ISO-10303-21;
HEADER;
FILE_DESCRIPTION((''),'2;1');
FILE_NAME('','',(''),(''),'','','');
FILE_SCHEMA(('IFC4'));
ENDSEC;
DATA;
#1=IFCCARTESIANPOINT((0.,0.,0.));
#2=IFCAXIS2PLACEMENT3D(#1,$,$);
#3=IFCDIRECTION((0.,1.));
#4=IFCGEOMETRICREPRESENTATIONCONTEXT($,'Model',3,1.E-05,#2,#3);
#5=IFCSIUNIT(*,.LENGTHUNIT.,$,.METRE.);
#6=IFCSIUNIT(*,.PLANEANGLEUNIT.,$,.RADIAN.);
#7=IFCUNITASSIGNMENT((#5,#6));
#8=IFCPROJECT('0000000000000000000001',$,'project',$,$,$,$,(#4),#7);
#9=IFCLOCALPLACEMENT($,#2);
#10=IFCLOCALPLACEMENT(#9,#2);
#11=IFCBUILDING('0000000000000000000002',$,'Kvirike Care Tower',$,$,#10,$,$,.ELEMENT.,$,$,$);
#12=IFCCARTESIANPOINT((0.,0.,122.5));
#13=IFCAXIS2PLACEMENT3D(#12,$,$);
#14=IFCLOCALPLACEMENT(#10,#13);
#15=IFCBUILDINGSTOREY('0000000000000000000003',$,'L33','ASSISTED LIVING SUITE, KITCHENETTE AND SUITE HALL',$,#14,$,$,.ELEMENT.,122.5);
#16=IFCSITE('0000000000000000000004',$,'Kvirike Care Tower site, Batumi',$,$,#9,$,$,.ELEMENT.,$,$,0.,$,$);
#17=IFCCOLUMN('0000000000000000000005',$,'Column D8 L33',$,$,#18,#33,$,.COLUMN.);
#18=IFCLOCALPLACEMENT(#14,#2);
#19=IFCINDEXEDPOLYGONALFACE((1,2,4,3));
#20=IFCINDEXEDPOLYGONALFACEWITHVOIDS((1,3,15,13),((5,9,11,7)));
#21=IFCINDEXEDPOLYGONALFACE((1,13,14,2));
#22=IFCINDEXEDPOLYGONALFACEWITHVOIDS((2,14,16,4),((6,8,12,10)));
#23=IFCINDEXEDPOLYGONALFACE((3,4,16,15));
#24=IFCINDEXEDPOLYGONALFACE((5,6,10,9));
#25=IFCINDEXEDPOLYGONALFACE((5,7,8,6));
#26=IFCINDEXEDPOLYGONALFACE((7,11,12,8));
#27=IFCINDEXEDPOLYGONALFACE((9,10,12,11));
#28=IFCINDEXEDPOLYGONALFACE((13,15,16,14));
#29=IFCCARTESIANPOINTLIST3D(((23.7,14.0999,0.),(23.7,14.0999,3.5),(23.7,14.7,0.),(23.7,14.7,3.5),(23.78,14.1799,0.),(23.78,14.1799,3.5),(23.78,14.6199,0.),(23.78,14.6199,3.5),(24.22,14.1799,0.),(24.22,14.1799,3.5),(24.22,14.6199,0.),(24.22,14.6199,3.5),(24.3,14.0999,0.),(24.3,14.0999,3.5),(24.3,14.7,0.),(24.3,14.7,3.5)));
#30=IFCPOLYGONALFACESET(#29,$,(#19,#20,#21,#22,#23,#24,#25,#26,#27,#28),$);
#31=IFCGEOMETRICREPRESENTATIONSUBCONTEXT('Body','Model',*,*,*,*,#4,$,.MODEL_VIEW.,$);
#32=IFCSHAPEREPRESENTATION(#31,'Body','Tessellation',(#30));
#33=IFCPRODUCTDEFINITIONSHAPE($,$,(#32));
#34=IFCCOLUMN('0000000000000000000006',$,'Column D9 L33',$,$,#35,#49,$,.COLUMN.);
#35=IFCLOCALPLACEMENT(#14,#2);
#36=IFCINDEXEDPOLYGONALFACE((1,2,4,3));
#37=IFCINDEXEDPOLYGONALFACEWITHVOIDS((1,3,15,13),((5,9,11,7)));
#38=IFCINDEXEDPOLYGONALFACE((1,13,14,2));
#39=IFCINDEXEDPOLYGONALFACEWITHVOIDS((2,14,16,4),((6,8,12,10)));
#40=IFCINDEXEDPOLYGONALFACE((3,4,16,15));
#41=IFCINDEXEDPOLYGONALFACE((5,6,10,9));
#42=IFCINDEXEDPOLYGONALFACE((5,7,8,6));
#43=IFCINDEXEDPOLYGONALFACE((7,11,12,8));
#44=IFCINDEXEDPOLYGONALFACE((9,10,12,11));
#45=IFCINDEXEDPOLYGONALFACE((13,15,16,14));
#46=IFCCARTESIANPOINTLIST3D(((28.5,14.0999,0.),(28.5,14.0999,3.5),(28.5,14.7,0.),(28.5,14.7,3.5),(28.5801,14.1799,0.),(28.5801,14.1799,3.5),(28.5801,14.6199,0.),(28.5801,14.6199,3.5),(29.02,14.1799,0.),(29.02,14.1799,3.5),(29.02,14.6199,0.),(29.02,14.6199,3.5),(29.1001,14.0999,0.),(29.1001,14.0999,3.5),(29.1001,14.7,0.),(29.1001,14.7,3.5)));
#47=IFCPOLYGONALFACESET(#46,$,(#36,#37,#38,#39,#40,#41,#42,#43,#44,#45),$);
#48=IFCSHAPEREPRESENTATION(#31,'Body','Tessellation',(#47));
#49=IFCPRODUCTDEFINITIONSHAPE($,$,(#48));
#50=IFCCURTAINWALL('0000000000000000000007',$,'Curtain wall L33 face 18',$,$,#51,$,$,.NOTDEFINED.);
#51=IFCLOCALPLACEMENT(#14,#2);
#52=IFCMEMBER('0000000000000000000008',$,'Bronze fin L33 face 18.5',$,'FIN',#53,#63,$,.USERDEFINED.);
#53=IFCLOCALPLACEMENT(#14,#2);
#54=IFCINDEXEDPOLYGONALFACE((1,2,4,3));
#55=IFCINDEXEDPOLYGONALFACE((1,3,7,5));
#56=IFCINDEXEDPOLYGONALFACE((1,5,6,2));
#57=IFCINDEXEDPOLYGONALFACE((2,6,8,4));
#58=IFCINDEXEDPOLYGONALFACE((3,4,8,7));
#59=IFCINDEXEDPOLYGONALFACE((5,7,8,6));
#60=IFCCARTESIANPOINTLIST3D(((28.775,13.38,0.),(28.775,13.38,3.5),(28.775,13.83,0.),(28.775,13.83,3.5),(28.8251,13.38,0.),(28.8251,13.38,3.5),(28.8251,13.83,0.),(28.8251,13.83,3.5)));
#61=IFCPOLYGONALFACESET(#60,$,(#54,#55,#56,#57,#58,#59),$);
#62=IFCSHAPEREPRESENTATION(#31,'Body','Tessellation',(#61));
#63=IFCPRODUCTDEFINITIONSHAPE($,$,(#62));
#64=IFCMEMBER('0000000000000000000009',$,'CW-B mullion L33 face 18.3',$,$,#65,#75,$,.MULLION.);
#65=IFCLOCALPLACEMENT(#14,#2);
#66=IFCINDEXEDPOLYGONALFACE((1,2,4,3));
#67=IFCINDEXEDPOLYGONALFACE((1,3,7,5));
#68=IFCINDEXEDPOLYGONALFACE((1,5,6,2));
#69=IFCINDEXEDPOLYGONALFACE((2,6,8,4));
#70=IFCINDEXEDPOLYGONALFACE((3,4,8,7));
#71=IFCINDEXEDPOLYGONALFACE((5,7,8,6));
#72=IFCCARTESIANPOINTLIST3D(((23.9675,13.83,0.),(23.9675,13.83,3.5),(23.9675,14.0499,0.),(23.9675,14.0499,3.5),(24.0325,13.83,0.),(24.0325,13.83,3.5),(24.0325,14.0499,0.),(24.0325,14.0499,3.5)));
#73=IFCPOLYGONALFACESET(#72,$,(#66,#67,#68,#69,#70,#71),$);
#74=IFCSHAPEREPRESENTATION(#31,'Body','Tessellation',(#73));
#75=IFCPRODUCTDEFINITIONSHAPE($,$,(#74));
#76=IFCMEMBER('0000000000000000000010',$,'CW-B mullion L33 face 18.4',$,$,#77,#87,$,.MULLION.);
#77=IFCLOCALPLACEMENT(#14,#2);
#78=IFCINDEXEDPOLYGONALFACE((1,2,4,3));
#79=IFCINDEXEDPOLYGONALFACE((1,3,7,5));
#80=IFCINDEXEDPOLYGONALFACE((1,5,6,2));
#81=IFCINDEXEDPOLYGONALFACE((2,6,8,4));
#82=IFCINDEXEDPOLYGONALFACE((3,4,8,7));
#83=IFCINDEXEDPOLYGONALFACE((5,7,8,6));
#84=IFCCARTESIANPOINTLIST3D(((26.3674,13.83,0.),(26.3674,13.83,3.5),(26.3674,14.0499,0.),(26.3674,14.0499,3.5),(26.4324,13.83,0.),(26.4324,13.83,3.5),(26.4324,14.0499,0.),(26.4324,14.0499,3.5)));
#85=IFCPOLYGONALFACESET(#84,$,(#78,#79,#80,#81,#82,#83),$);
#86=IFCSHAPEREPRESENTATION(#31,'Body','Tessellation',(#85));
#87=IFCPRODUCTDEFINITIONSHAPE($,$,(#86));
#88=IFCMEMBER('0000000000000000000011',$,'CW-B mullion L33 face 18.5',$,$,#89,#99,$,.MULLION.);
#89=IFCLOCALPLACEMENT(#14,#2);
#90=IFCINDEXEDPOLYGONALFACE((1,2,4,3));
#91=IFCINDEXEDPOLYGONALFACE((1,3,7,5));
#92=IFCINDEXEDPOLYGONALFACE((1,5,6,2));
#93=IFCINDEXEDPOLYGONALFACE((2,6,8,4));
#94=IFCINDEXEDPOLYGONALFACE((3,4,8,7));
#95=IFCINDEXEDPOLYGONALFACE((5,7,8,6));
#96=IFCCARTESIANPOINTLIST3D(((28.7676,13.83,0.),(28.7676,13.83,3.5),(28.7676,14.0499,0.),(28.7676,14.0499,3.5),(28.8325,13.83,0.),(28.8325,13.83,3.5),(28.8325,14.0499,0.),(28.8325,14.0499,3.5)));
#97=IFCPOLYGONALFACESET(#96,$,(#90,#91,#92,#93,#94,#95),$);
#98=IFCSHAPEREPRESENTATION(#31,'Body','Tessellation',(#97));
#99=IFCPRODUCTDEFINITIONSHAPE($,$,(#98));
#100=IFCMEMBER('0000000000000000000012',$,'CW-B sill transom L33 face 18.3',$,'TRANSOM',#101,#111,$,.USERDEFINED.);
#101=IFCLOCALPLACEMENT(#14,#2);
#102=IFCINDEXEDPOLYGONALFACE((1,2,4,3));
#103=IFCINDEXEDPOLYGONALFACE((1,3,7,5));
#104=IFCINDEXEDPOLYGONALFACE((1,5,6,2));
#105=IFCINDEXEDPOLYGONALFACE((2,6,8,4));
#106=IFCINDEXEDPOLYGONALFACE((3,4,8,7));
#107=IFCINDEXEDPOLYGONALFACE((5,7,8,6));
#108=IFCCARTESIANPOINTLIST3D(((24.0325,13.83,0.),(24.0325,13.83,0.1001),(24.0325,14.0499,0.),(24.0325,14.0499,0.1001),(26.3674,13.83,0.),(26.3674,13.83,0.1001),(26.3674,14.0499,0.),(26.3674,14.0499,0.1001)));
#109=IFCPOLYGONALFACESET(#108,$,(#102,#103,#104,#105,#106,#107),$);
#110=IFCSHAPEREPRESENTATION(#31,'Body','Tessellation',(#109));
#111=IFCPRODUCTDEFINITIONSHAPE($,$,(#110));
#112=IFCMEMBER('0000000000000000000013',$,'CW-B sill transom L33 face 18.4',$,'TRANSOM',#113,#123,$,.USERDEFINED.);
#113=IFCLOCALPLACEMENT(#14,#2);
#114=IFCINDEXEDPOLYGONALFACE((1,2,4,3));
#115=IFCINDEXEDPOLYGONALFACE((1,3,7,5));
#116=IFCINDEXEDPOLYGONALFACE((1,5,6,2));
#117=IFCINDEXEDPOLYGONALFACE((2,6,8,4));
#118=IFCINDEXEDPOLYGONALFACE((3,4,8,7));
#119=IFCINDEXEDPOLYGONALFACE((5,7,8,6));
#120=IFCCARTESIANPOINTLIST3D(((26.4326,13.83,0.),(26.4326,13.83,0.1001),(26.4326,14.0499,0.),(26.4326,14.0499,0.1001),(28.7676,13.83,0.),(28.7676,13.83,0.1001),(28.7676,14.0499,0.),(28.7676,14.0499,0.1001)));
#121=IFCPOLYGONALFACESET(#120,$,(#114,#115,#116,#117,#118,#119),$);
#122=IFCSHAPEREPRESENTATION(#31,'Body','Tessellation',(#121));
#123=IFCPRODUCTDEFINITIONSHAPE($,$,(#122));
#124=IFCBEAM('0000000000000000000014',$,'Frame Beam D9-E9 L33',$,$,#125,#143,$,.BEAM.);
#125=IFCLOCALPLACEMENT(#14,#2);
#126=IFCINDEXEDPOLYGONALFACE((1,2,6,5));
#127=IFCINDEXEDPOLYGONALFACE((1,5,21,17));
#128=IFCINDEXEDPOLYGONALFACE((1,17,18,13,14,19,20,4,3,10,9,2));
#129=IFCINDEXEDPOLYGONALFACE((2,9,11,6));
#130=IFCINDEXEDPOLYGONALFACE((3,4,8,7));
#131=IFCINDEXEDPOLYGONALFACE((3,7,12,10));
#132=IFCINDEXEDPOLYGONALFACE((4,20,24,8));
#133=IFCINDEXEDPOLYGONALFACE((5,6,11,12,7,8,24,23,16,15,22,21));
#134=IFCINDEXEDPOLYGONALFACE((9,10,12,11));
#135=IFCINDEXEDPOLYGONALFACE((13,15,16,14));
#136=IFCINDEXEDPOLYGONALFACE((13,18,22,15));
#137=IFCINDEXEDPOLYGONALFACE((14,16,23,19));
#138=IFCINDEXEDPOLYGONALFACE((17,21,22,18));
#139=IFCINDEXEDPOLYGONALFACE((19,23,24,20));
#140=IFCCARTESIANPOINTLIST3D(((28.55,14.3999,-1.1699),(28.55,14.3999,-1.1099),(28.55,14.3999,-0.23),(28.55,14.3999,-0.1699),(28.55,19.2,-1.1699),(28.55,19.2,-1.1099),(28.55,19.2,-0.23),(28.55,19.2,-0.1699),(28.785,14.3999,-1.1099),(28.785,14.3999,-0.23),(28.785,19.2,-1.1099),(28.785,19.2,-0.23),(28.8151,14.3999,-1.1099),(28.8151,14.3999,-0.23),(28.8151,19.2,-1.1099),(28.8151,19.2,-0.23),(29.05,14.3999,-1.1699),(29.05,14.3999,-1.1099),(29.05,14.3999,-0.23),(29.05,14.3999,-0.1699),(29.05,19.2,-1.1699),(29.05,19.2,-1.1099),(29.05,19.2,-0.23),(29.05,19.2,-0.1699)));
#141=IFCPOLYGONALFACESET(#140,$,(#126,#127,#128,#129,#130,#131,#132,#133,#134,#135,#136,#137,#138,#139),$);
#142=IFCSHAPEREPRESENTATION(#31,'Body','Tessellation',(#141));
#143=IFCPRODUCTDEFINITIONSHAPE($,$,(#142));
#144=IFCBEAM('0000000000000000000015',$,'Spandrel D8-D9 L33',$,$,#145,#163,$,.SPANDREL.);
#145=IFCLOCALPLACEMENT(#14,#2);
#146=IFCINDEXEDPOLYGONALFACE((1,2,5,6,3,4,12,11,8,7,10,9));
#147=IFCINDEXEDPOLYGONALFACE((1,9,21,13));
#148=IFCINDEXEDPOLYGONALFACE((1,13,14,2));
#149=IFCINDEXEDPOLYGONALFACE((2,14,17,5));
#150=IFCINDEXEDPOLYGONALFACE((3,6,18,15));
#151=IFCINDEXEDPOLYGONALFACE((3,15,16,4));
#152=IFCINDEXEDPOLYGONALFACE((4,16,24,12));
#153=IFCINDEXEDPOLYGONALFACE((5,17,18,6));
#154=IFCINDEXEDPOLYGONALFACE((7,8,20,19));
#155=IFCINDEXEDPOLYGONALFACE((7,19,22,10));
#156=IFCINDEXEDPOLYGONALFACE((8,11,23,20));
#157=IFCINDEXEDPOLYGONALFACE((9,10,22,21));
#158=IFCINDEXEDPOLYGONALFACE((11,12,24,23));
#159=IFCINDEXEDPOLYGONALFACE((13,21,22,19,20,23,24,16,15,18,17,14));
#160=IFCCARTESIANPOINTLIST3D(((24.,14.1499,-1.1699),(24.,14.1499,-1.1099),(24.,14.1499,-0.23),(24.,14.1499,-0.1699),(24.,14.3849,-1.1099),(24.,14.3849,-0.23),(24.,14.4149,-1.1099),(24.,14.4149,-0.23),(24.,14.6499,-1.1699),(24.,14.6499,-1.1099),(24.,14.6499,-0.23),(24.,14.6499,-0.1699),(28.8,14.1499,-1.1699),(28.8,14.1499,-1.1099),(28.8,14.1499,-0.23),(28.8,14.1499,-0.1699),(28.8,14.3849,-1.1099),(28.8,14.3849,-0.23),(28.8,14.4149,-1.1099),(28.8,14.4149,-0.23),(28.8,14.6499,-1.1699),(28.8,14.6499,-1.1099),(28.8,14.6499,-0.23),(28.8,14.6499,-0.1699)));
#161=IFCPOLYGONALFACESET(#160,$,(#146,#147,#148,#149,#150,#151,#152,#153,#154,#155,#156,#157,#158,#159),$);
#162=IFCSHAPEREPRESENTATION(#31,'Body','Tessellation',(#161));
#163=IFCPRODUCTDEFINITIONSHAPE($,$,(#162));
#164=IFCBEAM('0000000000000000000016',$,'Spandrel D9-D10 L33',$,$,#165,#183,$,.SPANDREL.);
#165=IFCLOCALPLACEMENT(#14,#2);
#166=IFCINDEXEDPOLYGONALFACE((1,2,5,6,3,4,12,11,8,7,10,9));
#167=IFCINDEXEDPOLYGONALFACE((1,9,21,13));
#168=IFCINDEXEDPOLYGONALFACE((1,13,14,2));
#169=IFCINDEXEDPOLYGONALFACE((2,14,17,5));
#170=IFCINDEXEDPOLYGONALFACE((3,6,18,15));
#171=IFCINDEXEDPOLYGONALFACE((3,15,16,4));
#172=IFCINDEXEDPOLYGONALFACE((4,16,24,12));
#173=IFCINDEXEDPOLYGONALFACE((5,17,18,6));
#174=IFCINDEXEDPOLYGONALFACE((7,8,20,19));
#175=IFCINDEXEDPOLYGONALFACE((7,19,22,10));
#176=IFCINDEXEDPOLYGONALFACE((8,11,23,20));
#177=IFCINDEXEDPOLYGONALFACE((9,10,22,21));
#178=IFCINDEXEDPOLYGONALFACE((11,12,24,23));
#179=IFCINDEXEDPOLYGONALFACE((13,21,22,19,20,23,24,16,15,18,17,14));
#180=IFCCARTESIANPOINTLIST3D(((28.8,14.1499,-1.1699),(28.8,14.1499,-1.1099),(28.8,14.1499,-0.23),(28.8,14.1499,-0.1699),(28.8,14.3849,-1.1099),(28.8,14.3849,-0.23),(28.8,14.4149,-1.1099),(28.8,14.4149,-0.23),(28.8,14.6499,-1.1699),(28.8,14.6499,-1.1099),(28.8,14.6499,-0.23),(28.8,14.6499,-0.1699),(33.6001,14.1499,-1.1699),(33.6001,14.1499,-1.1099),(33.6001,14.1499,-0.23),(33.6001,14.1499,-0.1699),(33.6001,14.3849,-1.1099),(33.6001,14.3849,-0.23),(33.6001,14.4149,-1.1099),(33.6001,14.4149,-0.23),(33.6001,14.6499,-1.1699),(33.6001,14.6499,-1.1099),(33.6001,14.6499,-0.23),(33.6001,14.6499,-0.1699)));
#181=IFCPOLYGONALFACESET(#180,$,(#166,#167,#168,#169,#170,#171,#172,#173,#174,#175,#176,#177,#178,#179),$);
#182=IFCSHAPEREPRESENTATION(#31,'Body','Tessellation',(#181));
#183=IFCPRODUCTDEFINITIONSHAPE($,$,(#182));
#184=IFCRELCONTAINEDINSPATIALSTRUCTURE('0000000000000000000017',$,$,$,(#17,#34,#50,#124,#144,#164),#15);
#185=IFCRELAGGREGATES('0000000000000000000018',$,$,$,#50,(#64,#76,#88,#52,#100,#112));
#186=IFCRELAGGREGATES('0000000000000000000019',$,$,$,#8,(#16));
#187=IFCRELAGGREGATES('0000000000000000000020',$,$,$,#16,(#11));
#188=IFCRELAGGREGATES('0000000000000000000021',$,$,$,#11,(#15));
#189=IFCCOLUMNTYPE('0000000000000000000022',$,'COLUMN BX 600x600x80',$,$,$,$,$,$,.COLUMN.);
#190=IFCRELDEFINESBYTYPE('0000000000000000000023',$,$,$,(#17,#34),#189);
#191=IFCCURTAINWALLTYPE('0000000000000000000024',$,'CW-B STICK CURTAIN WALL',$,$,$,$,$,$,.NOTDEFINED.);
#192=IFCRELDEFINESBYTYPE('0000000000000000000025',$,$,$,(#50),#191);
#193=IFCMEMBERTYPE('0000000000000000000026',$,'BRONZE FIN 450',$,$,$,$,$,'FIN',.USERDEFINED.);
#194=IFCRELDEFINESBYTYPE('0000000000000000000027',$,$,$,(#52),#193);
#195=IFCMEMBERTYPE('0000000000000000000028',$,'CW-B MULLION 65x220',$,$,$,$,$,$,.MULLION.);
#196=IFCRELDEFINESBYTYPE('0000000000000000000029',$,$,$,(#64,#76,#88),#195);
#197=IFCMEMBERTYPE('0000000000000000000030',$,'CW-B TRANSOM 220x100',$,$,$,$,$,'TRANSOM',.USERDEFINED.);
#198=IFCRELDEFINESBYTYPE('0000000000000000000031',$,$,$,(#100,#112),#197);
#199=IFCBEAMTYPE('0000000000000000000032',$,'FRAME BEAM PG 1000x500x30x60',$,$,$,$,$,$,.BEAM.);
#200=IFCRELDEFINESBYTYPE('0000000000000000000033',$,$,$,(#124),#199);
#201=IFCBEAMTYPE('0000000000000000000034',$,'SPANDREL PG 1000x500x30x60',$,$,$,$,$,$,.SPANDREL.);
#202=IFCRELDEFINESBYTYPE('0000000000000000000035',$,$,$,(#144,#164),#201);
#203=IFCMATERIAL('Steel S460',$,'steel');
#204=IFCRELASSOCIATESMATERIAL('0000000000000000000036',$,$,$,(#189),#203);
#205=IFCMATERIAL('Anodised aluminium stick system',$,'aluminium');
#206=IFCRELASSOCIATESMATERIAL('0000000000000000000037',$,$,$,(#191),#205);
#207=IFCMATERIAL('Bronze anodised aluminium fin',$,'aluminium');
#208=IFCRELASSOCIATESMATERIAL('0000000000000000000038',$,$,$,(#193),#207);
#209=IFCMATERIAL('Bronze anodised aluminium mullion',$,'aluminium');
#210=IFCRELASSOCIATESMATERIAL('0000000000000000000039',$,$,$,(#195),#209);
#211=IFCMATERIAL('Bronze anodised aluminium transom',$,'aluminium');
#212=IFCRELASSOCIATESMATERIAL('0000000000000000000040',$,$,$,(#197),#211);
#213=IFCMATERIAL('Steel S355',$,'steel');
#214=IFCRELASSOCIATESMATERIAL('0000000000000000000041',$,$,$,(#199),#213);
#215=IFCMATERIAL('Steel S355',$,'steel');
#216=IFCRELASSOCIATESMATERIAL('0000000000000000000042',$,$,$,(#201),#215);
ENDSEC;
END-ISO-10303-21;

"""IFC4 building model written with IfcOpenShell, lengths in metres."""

from ifc_helpers import new_model, si_unit, direction, frame, origin, origin_2d, place, context, subcontext, project, spatial, rectangle, hollow_rectangle, i_section, extrude, material, material_profile, profile_set, type_object, element, aggregate, save


model = new_model("IFC4")

# Units and contexts
model_context = context("Model", 3, precision=1e-05, world=origin(), true_north=direction((0.0, 1.0)))
body_context = subcontext(model_context, "Body", "Model", "MODEL_VIEW")
ifc_project = project(units=[si_unit("LENGTHUNIT", "METRE"), si_unit("PLANEANGLEUNIT", "RADIAN")], contexts=[model_context])

# Site, building, storey
site_placement = place(None, origin())
site = spatial("IfcSite", under=ifc_project, at=site_placement, Name="Kvirike Care Tower site, Batumi", CompositionType="ELEMENT", RefElevation=0.0)
building_placement = place(site_placement, origin())
building = spatial("IfcBuilding", under=site, at=building_placement, Name="Kvirike Care Tower", CompositionType="ELEMENT")
storey_placement = place(building_placement, frame((0.0, 0.0, 122.5)))
storey = spatial("IfcBuildingStorey", under=building, at=storey_placement, Name="L33", Description="ASSISTED LIVING SUITE, KITCHENETTE AND SUITE HALL", CompositionType="ELEMENT", Elevation=122.5)

# Columns
ifc_material_1 = material(Name="Steel S460", Category="steel")
ifc_material_profile_1 = material_profile(ifc_material_1, hollow_rectangle(XDim=0.6001, YDim=0.6001, WallThickness=0.0801, at=origin_2d()), Name="BX 600x600x80")
ifc_profile_set_1 = profile_set([ifc_material_profile_1], Name="Steel S460")
column_type = type_object("IfcColumnType", Name="COLUMN BX 600x600x80", PredefinedType="COLUMN", material=ifc_profile_set_1)
for number, where, z_axis, x_axis, name in (
    (1, (24.0, 14.3999, 0.0), (0.0, 0.0, 1.0), (0.0, 1.0, 0.0), "Column D8 L33"),
    (2, (28.8, 14.3999, 0.0), (0.0, 0.0, 1.0), (0.0, 1.0, 0.0), "Column D9 L33"),
):
    element("IfcColumn", number, at=place(storey_placement, frame(where, z_axis=z_axis, x_axis=x_axis)), inside=storey, type_object=column_type, Name=name, PredefinedType="COLUMN", context=body_context, shape_type="SweptSolid", body=[
        extrude(hollow_rectangle(XDim=0.6001, YDim=0.6001, WallThickness=0.0801, at=origin_2d()), origin(), (0.0, 0.0, 1.0), 3.5),
    ])

# Curtain wall, members
ifc_material_2 = material(Name="Anodised aluminium stick system", Category="aluminium")
curtain_wall_type = type_object("IfcCurtainWallType", Name="CW-B STICK CURTAIN WALL", PredefinedType="NOTDEFINED", material=ifc_material_2)
curtain_wall_placement = place(storey_placement, origin())
curtain_wall = element("IfcCurtainWall", 3, at=curtain_wall_placement, inside=storey, type_object=curtain_wall_type, Name="Curtain wall L33 face 18", PredefinedType="NOTDEFINED")
ifc_material_3 = material(Name="Bronze anodised aluminium fin", Category="aluminium")
ifc_material_profile_2 = material_profile(ifc_material_3, rectangle(XDim=0.05, YDim=0.45, at=origin_2d()), Name="BRONZE FIN 450")
ifc_profile_set_2 = profile_set([ifc_material_profile_2], Name="Bronze anodised aluminium fin")
member_type_1 = type_object("IfcMemberType", Name="BRONZE FIN 450", ElementType="FIN", PredefinedType="USERDEFINED", material=ifc_profile_set_2)
member_1_placement = place(storey_placement, frame((28.8, 13.605, 0.0), z_axis=(0.0, 0.0, 1.0), x_axis=(1.0, 0.0, 0.0)))
member_1 = element("IfcMember", 4, at=member_1_placement, type_object=member_type_1, Name="Bronze fin L33 face 18.5", ObjectType="FIN", PredefinedType="USERDEFINED", context=body_context, shape_type="SweptSolid", body=[
    extrude(rectangle(XDim=0.05, YDim=0.45, at=origin_2d()), origin(), (0.0, 0.0, 1.0), 3.5),
])
ifc_material_4 = material(Name="Bronze anodised aluminium mullion", Category="aluminium")
ifc_material_profile_3 = material_profile(ifc_material_4, rectangle(XDim=0.0649, YDim=0.22, at=origin_2d()), Name="CW-B MULLION 65x220")
ifc_profile_set_3 = profile_set([ifc_material_profile_3], Name="Bronze anodised aluminium mullion")
member_type_2 = type_object("IfcMemberType", Name="CW-B MULLION 65x220", PredefinedType="MULLION", material=ifc_profile_set_3)
member_2_placement = place(storey_placement, frame((24.0, 13.9399, 0.0), z_axis=(0.0, 0.0, 1.0), x_axis=(1.0, 0.0, 0.0)))
member_2 = element("IfcMember", 5, at=member_2_placement, type_object=member_type_2, Name="CW-B mullion L33 face 18.3", PredefinedType="MULLION", context=body_context, shape_type="SweptSolid", body=[
    extrude(rectangle(XDim=0.0649, YDim=0.22, at=origin_2d()), origin(), (0.0, 0.0, 1.0), 3.5),
])
member_3_placement = place(storey_placement, frame((26.3999, 13.9399, 0.0), z_axis=(0.0, 0.0, 1.0), x_axis=(1.0, 0.0, 0.0)))
member_3 = element("IfcMember", 6, at=member_3_placement, type_object=member_type_2, Name="CW-B mullion L33 face 18.4", PredefinedType="MULLION", context=body_context, shape_type="SweptSolid", body=[
    extrude(rectangle(XDim=0.0649, YDim=0.22, at=origin_2d()), origin(), (0.0, 0.0, 1.0), 3.5),
])
member_4_placement = place(storey_placement, frame((28.8, 13.9399, 0.0), z_axis=(0.0, 0.0, 1.0), x_axis=(1.0, 0.0, 0.0)))
member_4 = element("IfcMember", 7, at=member_4_placement, type_object=member_type_2, Name="CW-B mullion L33 face 18.5", PredefinedType="MULLION", context=body_context, shape_type="SweptSolid", body=[
    extrude(rectangle(XDim=0.0649, YDim=0.22, at=origin_2d()), origin(), (0.0, 0.0, 1.0), 3.5),
])
ifc_material_5 = material(Name="Bronze anodised aluminium transom", Category="aluminium")
ifc_material_profile_4 = material_profile(ifc_material_5, rectangle(XDim=0.22, YDim=0.1001, at=origin_2d()), Name="CW-B TRANSOM 220x100")
ifc_profile_set_4 = profile_set([ifc_material_profile_4], Name="Bronze anodised aluminium transom")
member_type_3 = type_object("IfcMemberType", Name="CW-B TRANSOM 220x100", ElementType="TRANSOM", PredefinedType="USERDEFINED", material=ifc_profile_set_4)
member_5_placement = place(storey_placement, frame((24.0325, 13.9399, 0.05), z_axis=(1.0, 0.0, 0.0), x_axis=(0.0, 1.0, 0.0)))
member_5 = element("IfcMember", 8, at=member_5_placement, type_object=member_type_3, Name="CW-B sill transom L33 face 18.3", ObjectType="TRANSOM", PredefinedType="USERDEFINED", context=body_context, shape_type="SweptSolid", body=[
    extrude(rectangle(XDim=0.22, YDim=0.1001, at=origin_2d()), origin(), (0.0, 0.0, 1.0), 2.335),
])
member_6_placement = place(storey_placement, frame((26.4326, 13.9399, 0.05), z_axis=(1.0, 0.0, 0.0), x_axis=(0.0, 1.0, 0.0)))
member_6 = element("IfcMember", 9, at=member_6_placement, type_object=member_type_3, Name="CW-B sill transom L33 face 18.4", ObjectType="TRANSOM", PredefinedType="USERDEFINED", context=body_context, shape_type="SweptSolid", body=[
    extrude(rectangle(XDim=0.22, YDim=0.1001, at=origin_2d()), origin(), (0.0, 0.0, 1.0), 2.335),
])

# Beams
ifc_material_6 = material(Name="Steel S355", Category="steel")
ifc_material_profile_5 = material_profile(ifc_material_6, i_section(OverallWidth=0.5, OverallDepth=1.0, WebThickness=0.03, FlangeThickness=0.0601, at=origin_2d()), Name="PG 1000x500x30x60")
ifc_profile_set_5 = profile_set([ifc_material_profile_5], Name="Steel S355")
beam_type_1 = type_object("IfcBeamType", Name="FRAME BEAM PG 1000x500x30x60", PredefinedType="BEAM", material=ifc_profile_set_5)
beam_placement = place(storey_placement, frame((28.8, 14.3999, -0.6699), z_axis=(0.0, 1.0, 0.0), x_axis=(-1.0, 0.0, 0.0)))
element("IfcBeam", 10, at=beam_placement, inside=storey, type_object=beam_type_1, Name="Frame Beam D9-E9 L33", PredefinedType="BEAM", context=body_context, shape_type="SweptSolid", body=[
    extrude(i_section(OverallWidth=0.5, OverallDepth=1.0, WebThickness=0.03, FlangeThickness=0.0601, at=origin_2d()), origin(), (0.0, 0.0, 1.0), 4.8),
])
ifc_material_7 = material(Name="Steel S355", Category="steel")
ifc_material_profile_6 = material_profile(ifc_material_7, i_section(OverallWidth=0.5, OverallDepth=1.0, WebThickness=0.03, FlangeThickness=0.0601, at=origin_2d()), Name="PG 1000x500x30x60")
ifc_profile_set_6 = profile_set([ifc_material_profile_6], Name="Steel S355")
beam_type_2 = type_object("IfcBeamType", Name="SPANDREL PG 1000x500x30x60", PredefinedType="SPANDREL", material=ifc_profile_set_6)
for number, where, z_axis, x_axis, name in (
    (11, (24.0, 14.3999, -0.6699), (1.0, 0.0, 0.0), (0.0, 1.0, 0.0), "Spandrel D8-D9 L33"),
    (12, (28.8, 14.3999, -0.6699), (1.0, 0.0, 0.0), (0.0, 1.0, 0.0), "Spandrel D9-D10 L33"),
):
    element("IfcBeam", number, at=place(storey_placement, frame(where, z_axis=z_axis, x_axis=x_axis)), inside=storey, type_object=beam_type_2, Name=name, PredefinedType="SPANDREL", context=body_context, shape_type="SweptSolid", body=[
        extrude(i_section(OverallWidth=0.5, OverallDepth=1.0, WebThickness=0.03, FlangeThickness=0.0601, at=origin_2d()), origin(), (0.0, 0.0, 1.0), 4.8),
    ])

aggregate(curtain_wall, [member_2, member_3, member_4, member_1, member_5, member_6])

save(model, "model.ifc")
